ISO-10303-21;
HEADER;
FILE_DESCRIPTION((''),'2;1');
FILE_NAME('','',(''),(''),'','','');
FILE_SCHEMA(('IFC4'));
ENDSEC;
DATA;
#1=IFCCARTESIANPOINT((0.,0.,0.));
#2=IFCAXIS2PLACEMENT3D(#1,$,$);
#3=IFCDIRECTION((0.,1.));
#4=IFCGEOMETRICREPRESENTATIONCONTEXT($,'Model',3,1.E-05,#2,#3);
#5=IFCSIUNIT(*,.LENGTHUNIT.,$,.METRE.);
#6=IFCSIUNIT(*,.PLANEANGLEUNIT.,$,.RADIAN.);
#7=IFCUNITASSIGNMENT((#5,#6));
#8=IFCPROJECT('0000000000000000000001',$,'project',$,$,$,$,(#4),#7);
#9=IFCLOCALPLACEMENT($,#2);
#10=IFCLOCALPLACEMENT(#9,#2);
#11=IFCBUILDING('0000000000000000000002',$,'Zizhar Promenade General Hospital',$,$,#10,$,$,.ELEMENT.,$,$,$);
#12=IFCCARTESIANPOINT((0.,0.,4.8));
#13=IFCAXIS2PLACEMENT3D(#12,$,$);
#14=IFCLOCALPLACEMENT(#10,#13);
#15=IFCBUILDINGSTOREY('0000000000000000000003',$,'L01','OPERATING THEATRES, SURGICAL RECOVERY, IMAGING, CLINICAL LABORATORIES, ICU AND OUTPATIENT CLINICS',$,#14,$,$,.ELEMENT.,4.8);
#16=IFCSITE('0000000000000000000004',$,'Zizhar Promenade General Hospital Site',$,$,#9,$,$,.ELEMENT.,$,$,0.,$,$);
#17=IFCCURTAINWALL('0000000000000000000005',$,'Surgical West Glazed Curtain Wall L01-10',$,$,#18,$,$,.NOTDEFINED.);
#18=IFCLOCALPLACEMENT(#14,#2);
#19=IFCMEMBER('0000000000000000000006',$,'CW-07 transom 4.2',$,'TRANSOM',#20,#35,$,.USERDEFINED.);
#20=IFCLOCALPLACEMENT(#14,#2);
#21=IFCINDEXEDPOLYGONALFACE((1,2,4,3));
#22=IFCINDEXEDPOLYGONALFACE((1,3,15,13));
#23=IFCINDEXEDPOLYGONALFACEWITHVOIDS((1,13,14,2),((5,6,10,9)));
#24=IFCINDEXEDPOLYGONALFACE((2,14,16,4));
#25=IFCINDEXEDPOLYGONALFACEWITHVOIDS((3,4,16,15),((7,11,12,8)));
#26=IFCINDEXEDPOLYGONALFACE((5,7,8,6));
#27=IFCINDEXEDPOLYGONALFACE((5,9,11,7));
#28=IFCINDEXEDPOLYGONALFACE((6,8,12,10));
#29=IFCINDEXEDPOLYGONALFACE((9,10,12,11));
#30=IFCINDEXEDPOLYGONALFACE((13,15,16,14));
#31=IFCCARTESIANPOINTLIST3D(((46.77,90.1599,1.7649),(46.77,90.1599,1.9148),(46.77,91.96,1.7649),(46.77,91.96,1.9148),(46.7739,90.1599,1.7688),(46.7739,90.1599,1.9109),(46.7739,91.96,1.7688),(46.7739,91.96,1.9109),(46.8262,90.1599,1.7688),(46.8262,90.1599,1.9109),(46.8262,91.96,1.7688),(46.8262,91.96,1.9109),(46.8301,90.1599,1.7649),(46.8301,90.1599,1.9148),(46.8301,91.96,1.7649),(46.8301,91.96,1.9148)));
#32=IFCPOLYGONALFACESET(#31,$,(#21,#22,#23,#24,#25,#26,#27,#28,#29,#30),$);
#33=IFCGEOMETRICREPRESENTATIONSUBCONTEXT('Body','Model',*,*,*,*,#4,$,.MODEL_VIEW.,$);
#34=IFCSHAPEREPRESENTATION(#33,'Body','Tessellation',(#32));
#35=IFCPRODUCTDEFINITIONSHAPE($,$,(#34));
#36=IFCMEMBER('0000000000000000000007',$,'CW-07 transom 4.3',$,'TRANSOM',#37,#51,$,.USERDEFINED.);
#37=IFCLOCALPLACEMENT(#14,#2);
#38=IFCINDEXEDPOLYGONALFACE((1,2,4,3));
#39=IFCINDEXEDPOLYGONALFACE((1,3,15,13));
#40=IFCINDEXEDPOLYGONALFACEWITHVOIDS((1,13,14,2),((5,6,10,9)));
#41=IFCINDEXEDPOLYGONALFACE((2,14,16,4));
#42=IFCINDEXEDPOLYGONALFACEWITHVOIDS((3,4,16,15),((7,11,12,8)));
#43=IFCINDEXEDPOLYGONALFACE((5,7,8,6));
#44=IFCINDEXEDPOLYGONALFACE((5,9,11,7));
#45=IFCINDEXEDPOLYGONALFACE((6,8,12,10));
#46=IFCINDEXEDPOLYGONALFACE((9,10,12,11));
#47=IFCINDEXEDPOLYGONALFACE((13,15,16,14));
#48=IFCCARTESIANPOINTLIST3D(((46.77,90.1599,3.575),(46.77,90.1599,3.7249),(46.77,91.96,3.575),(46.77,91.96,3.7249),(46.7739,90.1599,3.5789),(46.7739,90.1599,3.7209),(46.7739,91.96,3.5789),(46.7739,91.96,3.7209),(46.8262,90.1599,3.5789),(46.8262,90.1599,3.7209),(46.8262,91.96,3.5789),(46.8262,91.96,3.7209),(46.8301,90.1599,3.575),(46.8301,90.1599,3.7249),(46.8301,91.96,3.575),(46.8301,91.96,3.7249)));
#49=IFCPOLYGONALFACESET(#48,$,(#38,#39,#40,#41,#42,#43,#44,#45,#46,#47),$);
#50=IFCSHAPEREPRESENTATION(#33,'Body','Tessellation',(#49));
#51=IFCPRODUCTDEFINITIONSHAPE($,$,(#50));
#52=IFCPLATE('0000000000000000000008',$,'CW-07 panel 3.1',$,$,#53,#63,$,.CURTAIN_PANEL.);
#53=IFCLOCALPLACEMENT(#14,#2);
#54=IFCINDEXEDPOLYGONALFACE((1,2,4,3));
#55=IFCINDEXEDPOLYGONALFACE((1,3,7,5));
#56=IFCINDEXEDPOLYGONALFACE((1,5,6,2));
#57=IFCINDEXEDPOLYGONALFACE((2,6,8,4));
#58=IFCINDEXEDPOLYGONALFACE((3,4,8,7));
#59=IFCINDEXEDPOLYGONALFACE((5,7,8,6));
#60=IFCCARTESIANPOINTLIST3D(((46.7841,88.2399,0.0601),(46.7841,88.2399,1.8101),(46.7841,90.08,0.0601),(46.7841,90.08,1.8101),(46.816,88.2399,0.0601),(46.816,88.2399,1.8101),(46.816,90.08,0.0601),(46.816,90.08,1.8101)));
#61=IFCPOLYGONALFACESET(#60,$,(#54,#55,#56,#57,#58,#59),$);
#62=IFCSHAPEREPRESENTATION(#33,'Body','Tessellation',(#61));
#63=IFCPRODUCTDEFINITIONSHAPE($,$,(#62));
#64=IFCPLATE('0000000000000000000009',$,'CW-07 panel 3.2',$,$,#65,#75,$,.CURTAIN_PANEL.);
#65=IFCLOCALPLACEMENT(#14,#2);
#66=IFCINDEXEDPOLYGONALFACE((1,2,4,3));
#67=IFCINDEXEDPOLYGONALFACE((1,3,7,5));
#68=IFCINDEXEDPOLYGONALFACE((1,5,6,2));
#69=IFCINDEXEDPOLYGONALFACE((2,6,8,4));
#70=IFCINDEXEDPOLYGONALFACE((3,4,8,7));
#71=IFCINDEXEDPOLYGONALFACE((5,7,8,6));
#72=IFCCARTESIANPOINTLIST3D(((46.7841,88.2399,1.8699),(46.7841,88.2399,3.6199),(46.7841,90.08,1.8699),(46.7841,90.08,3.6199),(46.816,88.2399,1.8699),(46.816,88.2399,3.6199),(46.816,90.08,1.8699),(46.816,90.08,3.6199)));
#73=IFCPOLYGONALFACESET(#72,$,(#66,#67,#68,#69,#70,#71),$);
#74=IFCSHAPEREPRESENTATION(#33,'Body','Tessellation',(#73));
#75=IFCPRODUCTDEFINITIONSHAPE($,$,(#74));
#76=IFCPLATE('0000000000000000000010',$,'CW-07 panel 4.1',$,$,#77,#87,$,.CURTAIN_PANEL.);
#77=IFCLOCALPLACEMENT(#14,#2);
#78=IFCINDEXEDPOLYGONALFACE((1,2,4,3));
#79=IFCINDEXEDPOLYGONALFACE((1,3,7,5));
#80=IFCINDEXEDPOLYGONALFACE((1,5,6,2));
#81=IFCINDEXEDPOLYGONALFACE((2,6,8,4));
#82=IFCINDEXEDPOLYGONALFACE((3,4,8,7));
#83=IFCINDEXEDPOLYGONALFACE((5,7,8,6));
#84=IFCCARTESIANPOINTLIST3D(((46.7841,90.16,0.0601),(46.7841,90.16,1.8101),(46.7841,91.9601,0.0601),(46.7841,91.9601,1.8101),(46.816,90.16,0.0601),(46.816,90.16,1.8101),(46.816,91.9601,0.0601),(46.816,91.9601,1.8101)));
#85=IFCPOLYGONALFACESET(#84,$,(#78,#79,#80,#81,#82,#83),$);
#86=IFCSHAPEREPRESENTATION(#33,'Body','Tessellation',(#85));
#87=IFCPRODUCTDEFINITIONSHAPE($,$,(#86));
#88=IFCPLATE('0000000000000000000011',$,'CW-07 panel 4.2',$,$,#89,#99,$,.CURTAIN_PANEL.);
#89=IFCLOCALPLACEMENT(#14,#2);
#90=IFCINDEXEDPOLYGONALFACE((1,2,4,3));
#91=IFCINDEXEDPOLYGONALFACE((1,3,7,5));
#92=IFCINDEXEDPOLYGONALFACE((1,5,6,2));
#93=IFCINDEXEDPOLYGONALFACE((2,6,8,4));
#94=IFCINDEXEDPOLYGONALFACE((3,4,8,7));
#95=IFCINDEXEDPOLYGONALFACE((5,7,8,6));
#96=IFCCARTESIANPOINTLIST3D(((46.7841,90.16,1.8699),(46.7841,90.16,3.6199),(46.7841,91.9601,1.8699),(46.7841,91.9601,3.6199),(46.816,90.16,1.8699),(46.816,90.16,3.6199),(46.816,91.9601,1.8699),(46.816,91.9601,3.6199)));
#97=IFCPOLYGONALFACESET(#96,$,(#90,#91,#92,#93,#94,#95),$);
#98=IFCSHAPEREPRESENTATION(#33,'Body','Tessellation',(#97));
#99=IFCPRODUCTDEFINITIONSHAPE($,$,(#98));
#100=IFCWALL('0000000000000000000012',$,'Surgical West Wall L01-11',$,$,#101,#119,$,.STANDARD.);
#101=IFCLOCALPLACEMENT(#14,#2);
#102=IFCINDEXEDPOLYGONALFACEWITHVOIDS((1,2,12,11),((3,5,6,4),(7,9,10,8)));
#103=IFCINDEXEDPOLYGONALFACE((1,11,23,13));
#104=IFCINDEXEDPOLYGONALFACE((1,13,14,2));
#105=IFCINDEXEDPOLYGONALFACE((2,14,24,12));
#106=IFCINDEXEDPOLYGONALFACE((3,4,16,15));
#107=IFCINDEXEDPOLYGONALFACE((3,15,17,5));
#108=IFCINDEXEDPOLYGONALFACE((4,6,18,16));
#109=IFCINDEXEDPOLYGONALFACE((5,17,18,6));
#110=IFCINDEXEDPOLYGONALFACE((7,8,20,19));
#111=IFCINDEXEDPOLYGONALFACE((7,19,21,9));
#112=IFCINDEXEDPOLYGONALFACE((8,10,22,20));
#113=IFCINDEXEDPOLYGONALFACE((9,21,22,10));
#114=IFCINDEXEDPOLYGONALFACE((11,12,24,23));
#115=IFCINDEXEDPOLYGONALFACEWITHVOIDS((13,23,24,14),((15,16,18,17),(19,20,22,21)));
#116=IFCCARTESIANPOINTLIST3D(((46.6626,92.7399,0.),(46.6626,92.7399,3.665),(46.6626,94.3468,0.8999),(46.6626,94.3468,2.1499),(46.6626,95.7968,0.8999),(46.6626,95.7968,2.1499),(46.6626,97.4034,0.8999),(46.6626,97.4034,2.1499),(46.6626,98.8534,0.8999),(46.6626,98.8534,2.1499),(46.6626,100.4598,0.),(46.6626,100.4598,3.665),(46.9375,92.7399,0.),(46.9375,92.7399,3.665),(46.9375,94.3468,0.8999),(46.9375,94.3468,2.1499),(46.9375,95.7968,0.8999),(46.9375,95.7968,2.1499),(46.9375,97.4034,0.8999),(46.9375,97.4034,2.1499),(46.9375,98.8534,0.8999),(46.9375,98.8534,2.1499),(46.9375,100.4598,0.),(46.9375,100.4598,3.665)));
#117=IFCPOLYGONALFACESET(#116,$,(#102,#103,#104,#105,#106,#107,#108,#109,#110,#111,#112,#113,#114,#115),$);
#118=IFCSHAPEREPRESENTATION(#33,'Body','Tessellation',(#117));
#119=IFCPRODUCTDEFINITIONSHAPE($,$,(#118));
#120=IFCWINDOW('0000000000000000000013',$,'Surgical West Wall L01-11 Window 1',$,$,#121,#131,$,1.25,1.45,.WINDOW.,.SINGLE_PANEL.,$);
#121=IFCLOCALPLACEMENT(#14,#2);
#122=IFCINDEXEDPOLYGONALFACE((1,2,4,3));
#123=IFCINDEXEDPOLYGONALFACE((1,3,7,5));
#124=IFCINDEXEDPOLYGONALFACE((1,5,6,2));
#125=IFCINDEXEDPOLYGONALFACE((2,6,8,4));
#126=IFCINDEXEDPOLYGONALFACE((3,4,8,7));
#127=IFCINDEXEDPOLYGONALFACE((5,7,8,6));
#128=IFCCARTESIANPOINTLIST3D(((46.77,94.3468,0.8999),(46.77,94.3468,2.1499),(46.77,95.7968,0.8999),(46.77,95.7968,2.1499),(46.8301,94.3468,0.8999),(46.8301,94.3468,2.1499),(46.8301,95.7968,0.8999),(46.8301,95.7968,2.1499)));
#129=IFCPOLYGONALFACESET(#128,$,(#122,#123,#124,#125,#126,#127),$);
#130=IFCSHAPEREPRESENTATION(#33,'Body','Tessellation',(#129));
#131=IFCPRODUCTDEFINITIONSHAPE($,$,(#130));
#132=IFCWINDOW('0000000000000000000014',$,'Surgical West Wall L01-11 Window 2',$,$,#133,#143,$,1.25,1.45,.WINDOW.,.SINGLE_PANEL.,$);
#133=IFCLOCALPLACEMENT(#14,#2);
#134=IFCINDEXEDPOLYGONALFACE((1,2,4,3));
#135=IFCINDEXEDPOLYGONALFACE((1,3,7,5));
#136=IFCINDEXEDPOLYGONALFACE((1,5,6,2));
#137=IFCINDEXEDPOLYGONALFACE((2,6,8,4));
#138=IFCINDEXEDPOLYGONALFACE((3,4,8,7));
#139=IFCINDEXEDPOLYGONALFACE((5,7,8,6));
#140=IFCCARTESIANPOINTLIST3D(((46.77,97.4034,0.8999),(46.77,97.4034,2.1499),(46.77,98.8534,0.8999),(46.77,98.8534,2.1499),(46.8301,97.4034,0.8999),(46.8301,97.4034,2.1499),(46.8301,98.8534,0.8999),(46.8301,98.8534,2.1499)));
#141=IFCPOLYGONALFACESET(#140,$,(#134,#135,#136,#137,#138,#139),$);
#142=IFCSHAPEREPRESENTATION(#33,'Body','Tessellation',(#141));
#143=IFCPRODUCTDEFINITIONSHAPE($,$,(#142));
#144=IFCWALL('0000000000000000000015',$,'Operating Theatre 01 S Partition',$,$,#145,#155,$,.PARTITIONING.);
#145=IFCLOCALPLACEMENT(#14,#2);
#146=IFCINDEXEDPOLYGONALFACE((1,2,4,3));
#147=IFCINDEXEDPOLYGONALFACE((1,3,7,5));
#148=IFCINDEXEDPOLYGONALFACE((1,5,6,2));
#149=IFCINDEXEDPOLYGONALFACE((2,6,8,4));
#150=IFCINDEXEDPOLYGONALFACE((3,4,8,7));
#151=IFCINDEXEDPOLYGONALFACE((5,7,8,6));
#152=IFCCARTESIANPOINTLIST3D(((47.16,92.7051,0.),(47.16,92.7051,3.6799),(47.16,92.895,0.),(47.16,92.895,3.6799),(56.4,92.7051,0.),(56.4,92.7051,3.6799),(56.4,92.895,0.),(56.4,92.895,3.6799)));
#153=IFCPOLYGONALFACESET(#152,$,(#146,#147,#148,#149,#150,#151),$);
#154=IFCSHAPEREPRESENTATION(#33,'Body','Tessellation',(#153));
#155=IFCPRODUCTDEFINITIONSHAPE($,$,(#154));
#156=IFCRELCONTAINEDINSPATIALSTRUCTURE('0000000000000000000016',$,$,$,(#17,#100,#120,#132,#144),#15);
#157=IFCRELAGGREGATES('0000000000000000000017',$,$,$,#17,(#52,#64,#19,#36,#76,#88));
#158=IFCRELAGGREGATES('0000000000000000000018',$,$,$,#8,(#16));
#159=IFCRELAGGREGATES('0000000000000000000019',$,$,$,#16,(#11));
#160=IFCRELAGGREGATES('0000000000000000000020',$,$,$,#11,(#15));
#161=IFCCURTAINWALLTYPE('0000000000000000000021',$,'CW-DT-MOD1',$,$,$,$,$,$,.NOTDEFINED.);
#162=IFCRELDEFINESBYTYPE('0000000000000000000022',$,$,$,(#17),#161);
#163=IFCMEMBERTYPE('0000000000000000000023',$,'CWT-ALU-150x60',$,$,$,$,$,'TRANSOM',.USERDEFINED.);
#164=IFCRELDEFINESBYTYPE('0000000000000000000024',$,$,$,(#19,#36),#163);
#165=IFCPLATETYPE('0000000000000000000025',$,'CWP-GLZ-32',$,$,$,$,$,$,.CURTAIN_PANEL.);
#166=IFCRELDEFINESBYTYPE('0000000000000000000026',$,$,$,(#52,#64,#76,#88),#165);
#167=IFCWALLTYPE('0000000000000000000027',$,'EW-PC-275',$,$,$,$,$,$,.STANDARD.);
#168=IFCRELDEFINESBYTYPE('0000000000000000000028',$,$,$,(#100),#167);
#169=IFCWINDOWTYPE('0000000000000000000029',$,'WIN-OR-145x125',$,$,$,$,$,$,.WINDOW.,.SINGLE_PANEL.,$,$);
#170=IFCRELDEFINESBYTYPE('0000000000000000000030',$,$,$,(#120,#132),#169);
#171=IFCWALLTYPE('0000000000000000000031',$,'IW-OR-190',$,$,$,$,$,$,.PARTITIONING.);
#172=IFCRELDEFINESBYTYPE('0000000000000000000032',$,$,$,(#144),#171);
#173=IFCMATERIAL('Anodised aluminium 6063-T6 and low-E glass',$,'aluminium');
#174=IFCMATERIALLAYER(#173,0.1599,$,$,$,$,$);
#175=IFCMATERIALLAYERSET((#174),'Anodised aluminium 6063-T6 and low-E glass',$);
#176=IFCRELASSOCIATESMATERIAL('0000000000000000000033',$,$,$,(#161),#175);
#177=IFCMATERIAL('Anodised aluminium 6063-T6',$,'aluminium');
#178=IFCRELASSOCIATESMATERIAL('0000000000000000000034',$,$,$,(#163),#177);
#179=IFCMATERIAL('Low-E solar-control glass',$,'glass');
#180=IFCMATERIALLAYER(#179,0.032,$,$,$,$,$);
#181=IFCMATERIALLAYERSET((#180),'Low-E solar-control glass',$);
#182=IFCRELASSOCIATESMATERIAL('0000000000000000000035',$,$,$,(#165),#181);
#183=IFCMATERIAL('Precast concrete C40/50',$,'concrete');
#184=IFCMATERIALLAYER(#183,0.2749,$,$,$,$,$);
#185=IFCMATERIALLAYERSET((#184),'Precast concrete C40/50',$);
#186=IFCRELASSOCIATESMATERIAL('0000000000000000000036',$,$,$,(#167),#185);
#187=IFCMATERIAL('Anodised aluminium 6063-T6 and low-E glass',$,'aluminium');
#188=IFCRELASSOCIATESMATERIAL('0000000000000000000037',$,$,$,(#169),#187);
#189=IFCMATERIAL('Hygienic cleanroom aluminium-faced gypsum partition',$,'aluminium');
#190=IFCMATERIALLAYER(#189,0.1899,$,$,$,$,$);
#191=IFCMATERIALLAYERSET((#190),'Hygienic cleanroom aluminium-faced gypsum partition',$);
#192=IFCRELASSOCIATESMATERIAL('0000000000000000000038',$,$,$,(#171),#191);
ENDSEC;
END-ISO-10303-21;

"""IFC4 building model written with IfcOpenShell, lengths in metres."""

from ifc_helpers import new_model, si_unit, direction, frame, frame_2d, origin, origin_2d, place, context, subcontext, project, spatial, rectangle, hollow_rectangle, extrude, material, layer, layer_set, material_profile, profile_set, type_object, element, fill, aggregate, save


model = new_model("IFC4")

# Units and contexts
model_context = context("Model", 3, precision=1e-05, world=origin(), true_north=direction((0.0, 1.0)))
body_context = subcontext(model_context, "Body", "Model", "MODEL_VIEW")
ifc_project = project(units=[si_unit("LENGTHUNIT", "METRE"), si_unit("PLANEANGLEUNIT", "RADIAN")], contexts=[model_context])

# Site, building, storey
site_placement = place(None, origin())
site = spatial("IfcSite", under=ifc_project, at=site_placement, Name="Zizhar Promenade General Hospital Site", CompositionType="ELEMENT", RefElevation=0.0)
building_placement = place(site_placement, origin())
building = spatial("IfcBuilding", under=site, at=building_placement, Name="Zizhar Promenade General Hospital", CompositionType="ELEMENT")
storey_placement = place(building_placement, frame((0.0, 0.0, 4.8)))
storey = spatial("IfcBuildingStorey", under=building, at=storey_placement, Name="L01", Description="OPERATING THEATRES, SURGICAL RECOVERY, IMAGING, CLINICAL LABORATORIES, ICU AND OUTPATIENT CLINICS", CompositionType="ELEMENT", Elevation=4.8)

# Curtain wall, members, plates
ifc_material_1 = material(Name="Anodised aluminium 6063-T6 and low-E glass", Category="aluminium")
ifc_layer_1 = layer(ifc_material_1, 0.1599)
ifc_layer_set_1 = layer_set([ifc_layer_1], Name="Anodised aluminium 6063-T6 and low-E glass")
curtain_wall_type = type_object("IfcCurtainWallType", Name="CW-DT-MOD1", PredefinedType="NOTDEFINED", material=ifc_layer_set_1)
curtain_wall_placement = place(storey_placement, origin())
curtain_wall = element("IfcCurtainWall", 1, at=curtain_wall_placement, inside=storey, type_object=curtain_wall_type, Name="Surgical West Glazed Curtain Wall L01-10", PredefinedType="NOTDEFINED")
ifc_material_2 = material(Name="Anodised aluminium 6063-T6", Category="aluminium")
ifc_material_profile_1 = material_profile(ifc_material_2, hollow_rectangle(XDim=0.0601, YDim=0.1499, WallThickness=0.0039, at=origin_2d()))
ifc_profile_set_1 = profile_set([ifc_material_profile_1], Name="Anodised aluminium 6063-T6")
member_type_1 = type_object("IfcMemberType", Name="CWT-ALU-150x60", ElementType="TRANSOM", PredefinedType="USERDEFINED", material=ifc_profile_set_1)
member_1_placement = place(storey_placement, frame((46.8, 90.1599, 1.8398), z_axis=(0.0, 1.0, 0.0), x_axis=(-1.0, 0.0, 0.0)))
member_1 = element("IfcMember", 2, at=member_1_placement, type_object=member_type_1, Name="CW-07 transom 4.2", ObjectType="TRANSOM", PredefinedType="USERDEFINED", context=body_context, shape_type="SweptSolid", body=[
    extrude(hollow_rectangle(XDim=0.0601, YDim=0.1499, WallThickness=0.0039, at=origin_2d()), origin(), (0.0, 0.0, 1.0), 1.8),
])
member_2_placement = place(storey_placement, frame((46.8, 90.1599, 3.6499), z_axis=(0.0, 1.0, 0.0), x_axis=(-1.0, 0.0, 0.0)))
member_2 = element("IfcMember", 3, at=member_2_placement, type_object=member_type_1, Name="CW-07 transom 4.3", ObjectType="TRANSOM", PredefinedType="USERDEFINED", context=body_context, shape_type="SweptSolid", body=[
    extrude(hollow_rectangle(XDim=0.0601, YDim=0.1499, WallThickness=0.0039, at=origin_2d()), origin(), (0.0, 0.0, 1.0), 1.8),
])
ifc_material_3 = material(Name="Low-E solar-control glass", Category="glass")
ifc_layer_2 = layer(ifc_material_3, 0.032)
ifc_layer_set_2 = layer_set([ifc_layer_2], Name="Low-E solar-control glass")
plate_type = type_object("IfcPlateType", Name="CWP-GLZ-32", PredefinedType="CURTAIN_PANEL", material=ifc_layer_set_2)
plate_1_placement = place(storey_placement, frame((46.8, 89.1599, 0.0601), z_axis=(0.0, 0.0, 1.0), x_axis=(0.0, 1.0, 0.0)))
plate_1 = element("IfcPlate", 4, at=plate_1_placement, type_object=plate_type, Name="CW-07 panel 3.1", PredefinedType="CURTAIN_PANEL", context=body_context, shape_type="SweptSolid", body=[
    extrude(rectangle(XDim=1.8401, YDim=0.032, at=origin_2d()), origin(), (0.0, 0.0, 1.0), 1.75),
])
plate_2_placement = place(storey_placement, frame((46.8, 89.1599, 1.8699), z_axis=(0.0, 0.0, 1.0), x_axis=(0.0, 1.0, 0.0)))
plate_2 = element("IfcPlate", 5, at=plate_2_placement, type_object=plate_type, Name="CW-07 panel 3.2", PredefinedType="CURTAIN_PANEL", context=body_context, shape_type="SweptSolid", body=[
    extrude(rectangle(XDim=1.8401, YDim=0.032, at=origin_2d()), origin(), (0.0, 0.0, 1.0), 1.75),
])
plate_3_placement = place(storey_placement, frame((46.8, 91.0601, 0.0601), z_axis=(0.0, 0.0, 1.0), x_axis=(0.0, 1.0, 0.0)))
plate_3 = element("IfcPlate", 6, at=plate_3_placement, type_object=plate_type, Name="CW-07 panel 4.1", PredefinedType="CURTAIN_PANEL", context=body_context, shape_type="SweptSolid", body=[
    extrude(rectangle(XDim=1.8, YDim=0.032, at=origin_2d()), origin(), (0.0, 0.0, 1.0), 1.75),
])
plate_4_placement = place(storey_placement, frame((46.8, 91.0601, 1.8699), z_axis=(0.0, 0.0, 1.0), x_axis=(0.0, 1.0, 0.0)))
plate_4 = element("IfcPlate", 7, at=plate_4_placement, type_object=plate_type, Name="CW-07 panel 4.2", PredefinedType="CURTAIN_PANEL", context=body_context, shape_type="SweptSolid", body=[
    extrude(rectangle(XDim=1.8, YDim=0.032, at=origin_2d()), origin(), (0.0, 0.0, 1.0), 1.75),
])
aggregate(curtain_wall, [plate_1, plate_2, member_1, member_2, plate_3, plate_4])

# Wall, openings, windows
ifc_material_4 = material(Name="Precast concrete C40/50", Category="concrete")
ifc_layer_3 = layer(ifc_material_4, 0.2749)
ifc_layer_set_3 = layer_set([ifc_layer_3], Name="Precast concrete C40/50")
wall_type_1 = type_object("IfcWallType", Name="EW-PC-275", PredefinedType="STANDARD", material=ifc_layer_set_3)
wall_1_placement = place(storey_placement, frame((46.8, 92.74, 0.0), z_axis=(0.0, 0.0, 1.0), x_axis=(0.0, 1.0, 0.0)))
wall_1 = element("IfcWall", 8, at=wall_1_placement, inside=storey, type_object=wall_type_1, Name="Surgical West Wall L01-11", PredefinedType="STANDARD", context=body_context, shape_type="SweptSolid", body=[
    extrude(rectangle(XDim=7.72, YDim=0.2749, at=frame_2d((3.8599, 0.0))), origin(), (0.0, 0.0, 1.0), 3.665),
])
opening_1_placement = place(wall_1_placement, frame((1.6067, 0.0, 0.8999)))
opening_1 = element("IfcOpeningElement", 9, at=opening_1_placement, cuts=wall_1, PredefinedType="OPENING", context=body_context, shape_type="SweptSolid", body=[
    extrude(rectangle(XDim=1.45, YDim=1.25, at=frame_2d((0.7251, 0.625))), frame((0.0, 0.1475, 0.0), z_axis=(0.0, -1.0, 0.0), x_axis=(1.0, 0.0, 0.0)), (0.0, 0.0, 1.0), 0.2949),
])
opening_2_placement = place(wall_1_placement, frame((4.6633, 0.0, 0.8999)))
opening_2 = element("IfcOpeningElement", 10, at=opening_2_placement, cuts=wall_1, PredefinedType="OPENING", context=body_context, shape_type="SweptSolid", body=[
    extrude(rectangle(XDim=1.45, YDim=1.25, at=frame_2d((0.7251, 0.625))), frame((0.0, 0.1475, 0.0), z_axis=(0.0, -1.0, 0.0), x_axis=(1.0, 0.0, 0.0)), (0.0, 0.0, 1.0), 0.2949),
])
ifc_material_5 = material(Name="Anodised aluminium 6063-T6 and low-E glass", Category="aluminium")
window_type = type_object("IfcWindowType", Name="WIN-OR-145x125", PartitioningType="SINGLE_PANEL", PredefinedType="WINDOW", material=ifc_material_5)
window_1_placement = place(opening_1_placement, origin())
window_1 = element("IfcWindow", 11, at=window_1_placement, inside=storey, type_object=window_type, Name="Surgical West Wall L01-11 Window 1", OverallHeight=1.25, OverallWidth=1.45, PartitioningType="SINGLE_PANEL", PredefinedType="WINDOW", context=body_context, shape_type="SweptSolid", body=[
    extrude(rectangle(XDim=1.45, YDim=1.25, at=frame_2d((0.7251, 0.625))), frame((0.0, 0.03, 0.0), z_axis=(0.0, -1.0, 0.0), x_axis=(1.0, 0.0, 0.0)), (0.0, 0.0, 1.0), 0.0601),
])
fill(opening_1, window_1)
window_2_placement = place(opening_2_placement, origin())
window_2 = element("IfcWindow", 12, at=window_2_placement, inside=storey, type_object=window_type, Name="Surgical West Wall L01-11 Window 2", OverallHeight=1.25, OverallWidth=1.45, PartitioningType="SINGLE_PANEL", PredefinedType="WINDOW", context=body_context, shape_type="SweptSolid", body=[
    extrude(rectangle(XDim=1.45, YDim=1.25, at=frame_2d((0.7251, 0.625))), frame((0.0, 0.03, 0.0), z_axis=(0.0, -1.0, 0.0), x_axis=(1.0, 0.0, 0.0)), (0.0, 0.0, 1.0), 0.0601),
])
fill(opening_2, window_2)

# Wall
ifc_material_6 = material(Name="Hygienic cleanroom aluminium-faced gypsum partition", Category="aluminium")
ifc_layer_4 = layer(ifc_material_6, 0.1899)
ifc_layer_set_4 = layer_set([ifc_layer_4], Name="Hygienic cleanroom aluminium-faced gypsum partition")
wall_type_2 = type_object("IfcWallType", Name="IW-OR-190", PredefinedType="PARTITIONING", material=ifc_layer_set_4)
wall_2_placement = place(storey_placement, frame((47.1599, 92.8, 0.0), z_axis=(0.0, 0.0, 1.0), x_axis=(1.0, 0.0, 0.0)))
element("IfcWall", 13, at=wall_2_placement, inside=storey, type_object=wall_type_2, Name="Operating Theatre 01 S Partition", PredefinedType="PARTITIONING", context=body_context, shape_type="SweptSolid", body=[
    extrude(rectangle(XDim=9.24, YDim=0.1899, at=frame_2d((4.6201, 0.0))), origin(), (0.0, 0.0, 1.0), 3.6799),
])

save(model, "model.ifc")
